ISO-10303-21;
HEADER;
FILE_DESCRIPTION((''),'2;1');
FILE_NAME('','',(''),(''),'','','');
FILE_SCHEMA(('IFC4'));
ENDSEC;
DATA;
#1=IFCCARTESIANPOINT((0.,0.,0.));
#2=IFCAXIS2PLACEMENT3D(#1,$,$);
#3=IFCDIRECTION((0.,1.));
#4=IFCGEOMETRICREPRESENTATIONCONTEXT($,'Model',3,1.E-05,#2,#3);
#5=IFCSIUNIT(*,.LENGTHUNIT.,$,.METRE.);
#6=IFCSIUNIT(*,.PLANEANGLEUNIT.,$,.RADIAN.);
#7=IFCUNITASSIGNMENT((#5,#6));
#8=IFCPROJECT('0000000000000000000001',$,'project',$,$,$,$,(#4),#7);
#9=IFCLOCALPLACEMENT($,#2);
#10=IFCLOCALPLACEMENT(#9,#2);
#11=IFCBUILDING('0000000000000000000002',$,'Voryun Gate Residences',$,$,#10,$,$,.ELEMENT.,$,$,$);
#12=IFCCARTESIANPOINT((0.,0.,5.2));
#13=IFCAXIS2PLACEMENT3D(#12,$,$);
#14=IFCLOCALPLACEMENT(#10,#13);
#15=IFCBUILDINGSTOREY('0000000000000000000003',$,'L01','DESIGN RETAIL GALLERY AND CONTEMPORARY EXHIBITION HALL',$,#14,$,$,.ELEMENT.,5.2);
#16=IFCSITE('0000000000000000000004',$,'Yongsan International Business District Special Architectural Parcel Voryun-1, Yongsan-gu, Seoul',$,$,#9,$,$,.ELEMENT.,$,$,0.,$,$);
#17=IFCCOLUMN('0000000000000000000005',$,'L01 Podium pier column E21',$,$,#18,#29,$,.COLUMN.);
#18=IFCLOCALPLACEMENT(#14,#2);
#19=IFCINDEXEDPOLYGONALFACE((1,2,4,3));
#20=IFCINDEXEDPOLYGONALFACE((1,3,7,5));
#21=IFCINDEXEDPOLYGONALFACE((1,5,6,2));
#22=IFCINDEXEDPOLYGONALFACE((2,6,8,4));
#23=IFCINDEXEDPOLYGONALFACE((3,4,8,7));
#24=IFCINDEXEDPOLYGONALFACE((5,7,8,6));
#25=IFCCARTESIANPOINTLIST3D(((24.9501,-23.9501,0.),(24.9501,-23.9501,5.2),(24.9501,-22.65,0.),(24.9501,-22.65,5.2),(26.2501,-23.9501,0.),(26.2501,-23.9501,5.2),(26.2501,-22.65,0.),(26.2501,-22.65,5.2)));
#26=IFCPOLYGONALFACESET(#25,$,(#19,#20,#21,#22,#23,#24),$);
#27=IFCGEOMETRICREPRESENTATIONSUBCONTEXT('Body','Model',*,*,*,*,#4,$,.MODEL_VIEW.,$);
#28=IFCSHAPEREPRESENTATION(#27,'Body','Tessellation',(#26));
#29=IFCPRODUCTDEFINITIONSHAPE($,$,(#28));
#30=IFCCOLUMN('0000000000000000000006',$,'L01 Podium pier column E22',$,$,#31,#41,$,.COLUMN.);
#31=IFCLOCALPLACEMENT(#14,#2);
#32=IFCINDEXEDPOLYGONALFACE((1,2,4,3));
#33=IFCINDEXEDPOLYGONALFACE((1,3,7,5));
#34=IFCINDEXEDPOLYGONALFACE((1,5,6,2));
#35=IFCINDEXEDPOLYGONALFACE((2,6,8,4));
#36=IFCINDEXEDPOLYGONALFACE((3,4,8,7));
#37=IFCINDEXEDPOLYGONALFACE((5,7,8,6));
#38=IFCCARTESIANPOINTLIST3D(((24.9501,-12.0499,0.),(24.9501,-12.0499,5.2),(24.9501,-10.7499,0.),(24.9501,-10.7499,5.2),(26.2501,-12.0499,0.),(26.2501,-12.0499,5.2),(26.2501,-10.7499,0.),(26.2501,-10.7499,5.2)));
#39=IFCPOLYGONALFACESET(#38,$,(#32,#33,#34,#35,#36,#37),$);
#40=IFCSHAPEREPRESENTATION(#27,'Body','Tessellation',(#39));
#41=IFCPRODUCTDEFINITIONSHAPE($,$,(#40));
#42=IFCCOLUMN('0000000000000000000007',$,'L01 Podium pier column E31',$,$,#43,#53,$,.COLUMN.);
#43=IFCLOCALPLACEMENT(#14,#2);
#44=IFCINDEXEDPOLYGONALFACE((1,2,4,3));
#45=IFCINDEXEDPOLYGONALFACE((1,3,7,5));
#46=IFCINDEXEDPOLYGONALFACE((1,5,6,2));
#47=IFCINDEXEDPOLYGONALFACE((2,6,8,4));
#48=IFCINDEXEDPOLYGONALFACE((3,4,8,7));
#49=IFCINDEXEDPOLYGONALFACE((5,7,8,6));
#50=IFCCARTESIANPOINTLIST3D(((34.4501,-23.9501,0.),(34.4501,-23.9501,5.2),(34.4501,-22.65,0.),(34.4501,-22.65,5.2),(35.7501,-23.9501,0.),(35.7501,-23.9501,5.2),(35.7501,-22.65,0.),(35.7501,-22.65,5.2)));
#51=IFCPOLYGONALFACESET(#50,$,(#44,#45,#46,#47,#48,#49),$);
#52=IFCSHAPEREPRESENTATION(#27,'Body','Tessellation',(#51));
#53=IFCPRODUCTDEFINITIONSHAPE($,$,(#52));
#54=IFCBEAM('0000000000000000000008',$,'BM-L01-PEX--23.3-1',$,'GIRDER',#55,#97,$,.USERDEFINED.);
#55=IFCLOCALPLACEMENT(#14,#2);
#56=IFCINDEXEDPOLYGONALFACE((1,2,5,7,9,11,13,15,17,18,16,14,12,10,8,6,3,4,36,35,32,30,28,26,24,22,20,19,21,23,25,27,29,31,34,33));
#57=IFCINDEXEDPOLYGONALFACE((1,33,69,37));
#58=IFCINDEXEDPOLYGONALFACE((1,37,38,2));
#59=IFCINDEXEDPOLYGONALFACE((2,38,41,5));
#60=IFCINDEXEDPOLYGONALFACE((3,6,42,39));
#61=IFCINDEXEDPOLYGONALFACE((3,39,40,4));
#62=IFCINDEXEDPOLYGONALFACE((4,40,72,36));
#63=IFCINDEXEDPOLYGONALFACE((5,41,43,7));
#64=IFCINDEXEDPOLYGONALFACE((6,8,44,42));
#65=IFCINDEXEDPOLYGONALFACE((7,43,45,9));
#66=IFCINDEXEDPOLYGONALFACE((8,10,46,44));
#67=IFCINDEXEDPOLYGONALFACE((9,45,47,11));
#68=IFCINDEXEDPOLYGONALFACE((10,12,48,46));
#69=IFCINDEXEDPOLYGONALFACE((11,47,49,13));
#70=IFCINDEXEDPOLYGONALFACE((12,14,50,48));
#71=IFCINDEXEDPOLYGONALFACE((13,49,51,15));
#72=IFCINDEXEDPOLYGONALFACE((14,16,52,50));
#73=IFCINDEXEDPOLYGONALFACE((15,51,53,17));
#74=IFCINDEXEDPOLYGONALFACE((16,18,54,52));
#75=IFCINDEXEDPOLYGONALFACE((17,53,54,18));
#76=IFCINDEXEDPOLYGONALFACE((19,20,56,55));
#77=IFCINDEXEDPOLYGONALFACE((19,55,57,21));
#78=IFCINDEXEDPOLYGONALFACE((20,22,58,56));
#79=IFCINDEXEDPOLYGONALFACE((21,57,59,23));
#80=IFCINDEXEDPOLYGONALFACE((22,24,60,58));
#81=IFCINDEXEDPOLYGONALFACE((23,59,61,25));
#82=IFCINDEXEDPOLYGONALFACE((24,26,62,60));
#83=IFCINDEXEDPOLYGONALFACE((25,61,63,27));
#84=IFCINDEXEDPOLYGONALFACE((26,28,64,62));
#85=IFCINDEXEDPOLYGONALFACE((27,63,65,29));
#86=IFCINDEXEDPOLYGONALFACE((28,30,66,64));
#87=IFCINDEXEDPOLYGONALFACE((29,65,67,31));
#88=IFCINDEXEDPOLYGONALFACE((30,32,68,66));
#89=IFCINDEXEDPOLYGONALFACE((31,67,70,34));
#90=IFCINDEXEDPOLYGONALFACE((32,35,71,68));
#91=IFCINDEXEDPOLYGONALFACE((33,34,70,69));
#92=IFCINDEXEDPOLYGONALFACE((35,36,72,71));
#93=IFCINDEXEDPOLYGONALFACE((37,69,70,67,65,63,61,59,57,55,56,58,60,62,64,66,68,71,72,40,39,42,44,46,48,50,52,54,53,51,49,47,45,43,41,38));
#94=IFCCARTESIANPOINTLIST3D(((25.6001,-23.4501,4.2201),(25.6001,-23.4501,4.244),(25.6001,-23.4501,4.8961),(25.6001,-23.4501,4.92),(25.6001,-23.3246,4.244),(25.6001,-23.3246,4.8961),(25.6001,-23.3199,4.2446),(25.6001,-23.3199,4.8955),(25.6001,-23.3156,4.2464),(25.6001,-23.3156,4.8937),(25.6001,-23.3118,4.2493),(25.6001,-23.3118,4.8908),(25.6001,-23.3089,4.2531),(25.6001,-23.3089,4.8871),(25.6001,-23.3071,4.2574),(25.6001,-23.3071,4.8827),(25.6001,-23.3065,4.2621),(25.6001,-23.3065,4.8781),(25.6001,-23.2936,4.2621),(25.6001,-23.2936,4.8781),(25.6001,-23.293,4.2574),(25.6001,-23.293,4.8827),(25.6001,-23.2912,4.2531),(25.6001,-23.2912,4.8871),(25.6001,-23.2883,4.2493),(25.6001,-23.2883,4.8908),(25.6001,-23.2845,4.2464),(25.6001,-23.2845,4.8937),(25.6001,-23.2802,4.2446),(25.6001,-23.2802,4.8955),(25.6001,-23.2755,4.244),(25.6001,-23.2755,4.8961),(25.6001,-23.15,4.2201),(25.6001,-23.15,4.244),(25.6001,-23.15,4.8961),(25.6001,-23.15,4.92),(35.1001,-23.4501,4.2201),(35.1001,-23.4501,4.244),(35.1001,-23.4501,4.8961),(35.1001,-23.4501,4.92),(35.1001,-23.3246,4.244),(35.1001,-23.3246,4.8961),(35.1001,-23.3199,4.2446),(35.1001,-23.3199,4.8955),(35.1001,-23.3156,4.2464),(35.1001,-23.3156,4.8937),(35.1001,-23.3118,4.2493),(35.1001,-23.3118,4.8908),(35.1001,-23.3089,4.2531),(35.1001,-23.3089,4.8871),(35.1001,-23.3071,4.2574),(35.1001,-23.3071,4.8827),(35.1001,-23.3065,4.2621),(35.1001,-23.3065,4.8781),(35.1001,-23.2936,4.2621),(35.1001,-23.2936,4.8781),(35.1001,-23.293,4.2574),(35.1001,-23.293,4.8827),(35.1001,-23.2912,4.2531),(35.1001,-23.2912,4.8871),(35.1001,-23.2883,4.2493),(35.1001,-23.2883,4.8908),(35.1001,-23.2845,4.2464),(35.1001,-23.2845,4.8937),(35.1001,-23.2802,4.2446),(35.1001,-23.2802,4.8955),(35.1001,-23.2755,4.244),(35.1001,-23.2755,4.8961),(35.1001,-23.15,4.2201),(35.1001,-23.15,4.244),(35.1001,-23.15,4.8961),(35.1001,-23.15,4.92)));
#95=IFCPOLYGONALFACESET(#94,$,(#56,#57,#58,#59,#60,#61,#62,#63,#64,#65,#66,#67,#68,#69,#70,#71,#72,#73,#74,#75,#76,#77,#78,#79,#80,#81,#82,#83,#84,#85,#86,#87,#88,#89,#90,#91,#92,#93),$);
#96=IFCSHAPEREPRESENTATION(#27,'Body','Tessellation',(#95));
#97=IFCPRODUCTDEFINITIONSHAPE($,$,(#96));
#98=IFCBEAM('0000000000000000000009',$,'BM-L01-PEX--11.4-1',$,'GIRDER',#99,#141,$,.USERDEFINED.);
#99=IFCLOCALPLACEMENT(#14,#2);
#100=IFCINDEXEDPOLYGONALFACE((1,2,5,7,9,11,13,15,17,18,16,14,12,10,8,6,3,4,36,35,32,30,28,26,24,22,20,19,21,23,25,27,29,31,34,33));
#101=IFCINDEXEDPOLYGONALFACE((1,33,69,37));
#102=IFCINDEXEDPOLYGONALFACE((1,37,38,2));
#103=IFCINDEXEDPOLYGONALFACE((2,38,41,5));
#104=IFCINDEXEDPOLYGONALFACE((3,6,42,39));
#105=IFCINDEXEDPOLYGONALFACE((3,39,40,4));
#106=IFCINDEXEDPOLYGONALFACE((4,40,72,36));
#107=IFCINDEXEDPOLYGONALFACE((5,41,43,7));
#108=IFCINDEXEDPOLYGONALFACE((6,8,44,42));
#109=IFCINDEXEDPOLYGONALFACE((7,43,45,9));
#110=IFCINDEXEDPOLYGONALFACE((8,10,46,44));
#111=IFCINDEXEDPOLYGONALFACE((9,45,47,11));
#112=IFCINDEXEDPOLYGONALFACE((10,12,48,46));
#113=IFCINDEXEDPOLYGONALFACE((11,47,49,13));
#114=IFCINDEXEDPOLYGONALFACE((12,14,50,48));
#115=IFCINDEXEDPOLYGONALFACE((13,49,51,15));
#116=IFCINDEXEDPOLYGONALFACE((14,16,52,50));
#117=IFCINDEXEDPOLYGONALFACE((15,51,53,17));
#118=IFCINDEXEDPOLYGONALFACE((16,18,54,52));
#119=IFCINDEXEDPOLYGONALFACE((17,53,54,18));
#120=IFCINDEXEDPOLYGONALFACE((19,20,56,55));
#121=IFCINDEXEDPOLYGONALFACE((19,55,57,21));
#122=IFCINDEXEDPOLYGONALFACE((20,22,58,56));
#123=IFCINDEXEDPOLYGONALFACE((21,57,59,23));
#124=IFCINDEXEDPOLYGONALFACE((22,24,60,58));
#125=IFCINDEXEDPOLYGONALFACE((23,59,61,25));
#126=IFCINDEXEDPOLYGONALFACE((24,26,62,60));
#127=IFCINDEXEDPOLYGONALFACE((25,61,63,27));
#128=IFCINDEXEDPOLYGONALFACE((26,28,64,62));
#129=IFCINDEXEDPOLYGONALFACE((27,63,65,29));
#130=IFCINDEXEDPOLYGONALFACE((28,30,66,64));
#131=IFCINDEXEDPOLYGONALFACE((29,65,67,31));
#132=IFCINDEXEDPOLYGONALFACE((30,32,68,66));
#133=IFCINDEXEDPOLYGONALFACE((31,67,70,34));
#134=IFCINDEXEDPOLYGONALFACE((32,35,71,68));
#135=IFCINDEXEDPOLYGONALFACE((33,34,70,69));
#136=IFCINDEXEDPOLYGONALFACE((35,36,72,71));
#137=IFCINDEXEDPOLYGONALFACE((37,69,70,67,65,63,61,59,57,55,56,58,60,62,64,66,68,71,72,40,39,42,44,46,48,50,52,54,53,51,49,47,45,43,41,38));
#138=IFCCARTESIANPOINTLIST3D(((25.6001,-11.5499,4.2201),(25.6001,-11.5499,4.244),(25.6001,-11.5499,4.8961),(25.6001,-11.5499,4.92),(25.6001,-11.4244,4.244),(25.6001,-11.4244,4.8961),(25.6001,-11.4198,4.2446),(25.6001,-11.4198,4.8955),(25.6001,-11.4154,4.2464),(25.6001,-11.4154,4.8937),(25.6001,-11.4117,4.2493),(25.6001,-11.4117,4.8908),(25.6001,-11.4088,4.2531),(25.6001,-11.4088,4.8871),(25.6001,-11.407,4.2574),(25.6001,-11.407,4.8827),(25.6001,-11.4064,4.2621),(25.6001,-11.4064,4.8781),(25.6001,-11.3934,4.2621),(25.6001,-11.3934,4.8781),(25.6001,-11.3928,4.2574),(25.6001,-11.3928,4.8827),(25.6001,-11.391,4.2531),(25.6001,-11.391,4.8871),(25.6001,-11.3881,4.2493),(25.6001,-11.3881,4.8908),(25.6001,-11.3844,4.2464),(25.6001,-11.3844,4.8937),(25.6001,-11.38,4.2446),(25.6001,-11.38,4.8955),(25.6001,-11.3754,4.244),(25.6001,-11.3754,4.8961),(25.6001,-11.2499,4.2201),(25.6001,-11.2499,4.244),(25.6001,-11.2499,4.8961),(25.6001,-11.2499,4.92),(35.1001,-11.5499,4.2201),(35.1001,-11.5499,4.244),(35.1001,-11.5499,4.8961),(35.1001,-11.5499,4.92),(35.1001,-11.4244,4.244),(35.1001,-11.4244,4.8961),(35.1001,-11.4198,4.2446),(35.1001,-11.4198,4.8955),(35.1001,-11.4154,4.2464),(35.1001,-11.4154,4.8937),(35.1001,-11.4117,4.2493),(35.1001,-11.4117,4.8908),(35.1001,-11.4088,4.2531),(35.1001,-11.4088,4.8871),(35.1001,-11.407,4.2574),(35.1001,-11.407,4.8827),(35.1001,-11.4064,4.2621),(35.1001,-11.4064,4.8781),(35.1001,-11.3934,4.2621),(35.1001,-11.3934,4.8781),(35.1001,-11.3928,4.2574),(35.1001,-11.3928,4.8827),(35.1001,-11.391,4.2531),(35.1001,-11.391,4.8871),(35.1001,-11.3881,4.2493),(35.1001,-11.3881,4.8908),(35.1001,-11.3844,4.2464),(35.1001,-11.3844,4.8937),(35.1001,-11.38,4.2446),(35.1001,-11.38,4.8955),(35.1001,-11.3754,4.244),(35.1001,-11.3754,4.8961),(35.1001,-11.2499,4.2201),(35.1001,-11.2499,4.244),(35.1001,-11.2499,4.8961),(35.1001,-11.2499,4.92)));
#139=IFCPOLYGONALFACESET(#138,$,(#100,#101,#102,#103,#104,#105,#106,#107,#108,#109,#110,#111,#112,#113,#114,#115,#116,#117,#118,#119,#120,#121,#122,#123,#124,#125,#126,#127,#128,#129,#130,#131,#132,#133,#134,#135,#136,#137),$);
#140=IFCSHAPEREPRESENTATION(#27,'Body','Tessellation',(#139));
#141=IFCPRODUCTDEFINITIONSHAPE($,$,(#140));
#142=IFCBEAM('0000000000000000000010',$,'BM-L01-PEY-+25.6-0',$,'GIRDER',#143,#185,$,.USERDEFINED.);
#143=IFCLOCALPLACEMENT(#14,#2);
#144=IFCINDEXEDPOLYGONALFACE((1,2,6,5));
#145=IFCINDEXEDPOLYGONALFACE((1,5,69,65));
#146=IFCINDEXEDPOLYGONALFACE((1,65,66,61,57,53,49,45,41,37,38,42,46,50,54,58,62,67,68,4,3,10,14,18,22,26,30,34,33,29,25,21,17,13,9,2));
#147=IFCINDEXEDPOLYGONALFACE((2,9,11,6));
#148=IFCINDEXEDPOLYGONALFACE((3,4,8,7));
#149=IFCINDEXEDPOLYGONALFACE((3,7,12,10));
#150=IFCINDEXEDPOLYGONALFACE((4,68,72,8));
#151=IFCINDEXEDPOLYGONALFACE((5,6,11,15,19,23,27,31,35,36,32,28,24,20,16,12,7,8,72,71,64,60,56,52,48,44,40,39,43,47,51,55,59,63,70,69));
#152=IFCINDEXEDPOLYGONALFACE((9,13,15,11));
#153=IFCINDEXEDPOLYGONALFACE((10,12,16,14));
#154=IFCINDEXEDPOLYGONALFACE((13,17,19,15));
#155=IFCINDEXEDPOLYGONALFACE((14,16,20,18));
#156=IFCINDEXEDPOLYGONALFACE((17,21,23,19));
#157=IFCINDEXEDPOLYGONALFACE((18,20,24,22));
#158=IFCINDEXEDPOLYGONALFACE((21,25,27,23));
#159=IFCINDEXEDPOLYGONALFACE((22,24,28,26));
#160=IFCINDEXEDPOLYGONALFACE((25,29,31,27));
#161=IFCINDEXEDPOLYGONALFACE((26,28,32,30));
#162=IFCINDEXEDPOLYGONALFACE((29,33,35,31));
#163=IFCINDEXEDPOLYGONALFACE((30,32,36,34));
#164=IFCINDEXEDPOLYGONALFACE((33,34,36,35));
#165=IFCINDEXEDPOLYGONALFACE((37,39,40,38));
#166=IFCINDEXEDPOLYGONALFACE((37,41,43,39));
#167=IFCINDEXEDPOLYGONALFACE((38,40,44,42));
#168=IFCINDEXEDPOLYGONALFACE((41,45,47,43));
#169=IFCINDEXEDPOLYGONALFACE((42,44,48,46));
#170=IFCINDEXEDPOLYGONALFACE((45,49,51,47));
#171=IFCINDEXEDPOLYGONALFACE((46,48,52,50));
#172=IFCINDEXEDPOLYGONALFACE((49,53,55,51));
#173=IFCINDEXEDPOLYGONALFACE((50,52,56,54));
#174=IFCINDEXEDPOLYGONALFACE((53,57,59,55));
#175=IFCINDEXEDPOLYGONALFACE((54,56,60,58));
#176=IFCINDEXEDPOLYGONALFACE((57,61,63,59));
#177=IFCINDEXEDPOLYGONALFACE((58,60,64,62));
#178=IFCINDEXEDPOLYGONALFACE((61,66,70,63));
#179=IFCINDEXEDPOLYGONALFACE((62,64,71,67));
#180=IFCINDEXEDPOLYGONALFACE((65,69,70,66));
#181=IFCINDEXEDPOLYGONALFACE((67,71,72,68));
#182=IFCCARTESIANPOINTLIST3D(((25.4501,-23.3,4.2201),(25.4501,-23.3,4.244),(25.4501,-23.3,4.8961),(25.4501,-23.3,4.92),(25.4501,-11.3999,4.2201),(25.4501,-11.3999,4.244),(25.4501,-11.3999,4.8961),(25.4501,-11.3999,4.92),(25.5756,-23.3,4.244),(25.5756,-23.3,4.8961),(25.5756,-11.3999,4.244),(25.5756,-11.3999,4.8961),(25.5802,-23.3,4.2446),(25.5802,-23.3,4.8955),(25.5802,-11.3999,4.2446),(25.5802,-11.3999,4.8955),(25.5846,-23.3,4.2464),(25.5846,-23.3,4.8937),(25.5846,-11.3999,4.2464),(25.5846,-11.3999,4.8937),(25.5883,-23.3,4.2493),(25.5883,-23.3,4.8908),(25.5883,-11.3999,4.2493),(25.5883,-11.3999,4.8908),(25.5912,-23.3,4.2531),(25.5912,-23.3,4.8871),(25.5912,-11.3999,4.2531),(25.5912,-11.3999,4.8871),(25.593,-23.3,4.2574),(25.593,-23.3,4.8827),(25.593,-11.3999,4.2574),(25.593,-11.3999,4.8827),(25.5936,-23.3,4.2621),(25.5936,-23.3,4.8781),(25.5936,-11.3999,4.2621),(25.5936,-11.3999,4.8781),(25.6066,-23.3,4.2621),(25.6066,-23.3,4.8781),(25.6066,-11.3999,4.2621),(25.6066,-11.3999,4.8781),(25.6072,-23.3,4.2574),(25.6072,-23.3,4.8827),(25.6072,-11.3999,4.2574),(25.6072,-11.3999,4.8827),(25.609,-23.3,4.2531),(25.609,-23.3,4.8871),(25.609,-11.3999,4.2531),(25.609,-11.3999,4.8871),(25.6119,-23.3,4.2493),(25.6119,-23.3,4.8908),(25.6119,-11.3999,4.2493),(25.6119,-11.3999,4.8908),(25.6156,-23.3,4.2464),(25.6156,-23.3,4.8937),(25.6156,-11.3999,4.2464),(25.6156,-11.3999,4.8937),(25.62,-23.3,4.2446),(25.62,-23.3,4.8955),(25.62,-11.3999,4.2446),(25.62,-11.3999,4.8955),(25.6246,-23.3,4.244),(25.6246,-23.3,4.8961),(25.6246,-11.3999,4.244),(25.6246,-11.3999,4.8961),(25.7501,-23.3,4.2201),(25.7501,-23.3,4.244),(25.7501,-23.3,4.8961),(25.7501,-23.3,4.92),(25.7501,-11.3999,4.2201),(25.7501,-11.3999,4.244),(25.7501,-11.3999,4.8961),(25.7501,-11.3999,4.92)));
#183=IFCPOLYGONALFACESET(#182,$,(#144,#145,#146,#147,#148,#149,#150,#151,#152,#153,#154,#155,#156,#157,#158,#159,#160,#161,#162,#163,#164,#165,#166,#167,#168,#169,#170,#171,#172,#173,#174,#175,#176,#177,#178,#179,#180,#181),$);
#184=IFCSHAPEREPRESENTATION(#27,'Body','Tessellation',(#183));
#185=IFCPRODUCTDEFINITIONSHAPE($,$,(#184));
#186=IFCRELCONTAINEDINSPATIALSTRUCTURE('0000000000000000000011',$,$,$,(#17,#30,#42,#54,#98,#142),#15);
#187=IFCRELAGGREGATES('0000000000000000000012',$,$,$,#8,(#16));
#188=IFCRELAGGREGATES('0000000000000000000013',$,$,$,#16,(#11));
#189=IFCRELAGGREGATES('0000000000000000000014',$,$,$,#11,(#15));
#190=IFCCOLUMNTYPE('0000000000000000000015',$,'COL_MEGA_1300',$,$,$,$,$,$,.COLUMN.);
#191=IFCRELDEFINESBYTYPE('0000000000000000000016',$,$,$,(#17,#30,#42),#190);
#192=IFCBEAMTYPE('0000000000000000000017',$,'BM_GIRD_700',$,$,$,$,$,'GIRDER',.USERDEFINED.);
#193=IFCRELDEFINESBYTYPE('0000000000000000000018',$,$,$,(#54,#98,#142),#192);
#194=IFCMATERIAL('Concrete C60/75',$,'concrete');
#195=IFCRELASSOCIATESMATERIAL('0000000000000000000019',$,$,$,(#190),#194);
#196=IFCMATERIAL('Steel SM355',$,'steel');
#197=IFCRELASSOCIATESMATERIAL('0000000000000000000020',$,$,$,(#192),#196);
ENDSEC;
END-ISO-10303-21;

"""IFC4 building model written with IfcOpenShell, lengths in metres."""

from ifc_helpers import new_model, si_unit, direction, frame, origin, origin_2d, place, context, subcontext, project, spatial, rectangle, i_section, extrude, material, material_profile, profile_set, type_object, element, save


model = new_model("IFC4")

# Units and contexts
model_context = context("Model", 3, precision=1e-05, world=origin(), true_north=direction((0.0, 1.0)))
body_context = subcontext(model_context, "Body", "Model", "MODEL_VIEW")
ifc_project = project(units=[si_unit("LENGTHUNIT", "METRE"), si_unit("PLANEANGLEUNIT", "RADIAN")], contexts=[model_context])

# Site, building, storey
site_placement = place(None, origin())
site = spatial("IfcSite", under=ifc_project, at=site_placement, Name="Yongsan International Business District Special Architectural Parcel Voryun-1, Yongsan-gu, Seoul", CompositionType="ELEMENT", RefElevation=0.0)
building_placement = place(site_placement, origin())
building = spatial("IfcBuilding", under=site, at=building_placement, Name="Voryun Gate Residences", CompositionType="ELEMENT")
storey_placement = place(building_placement, frame((0.0, 0.0, 5.2)))
storey = spatial("IfcBuildingStorey", under=building, at=storey_placement, Name="L01", Description="DESIGN RETAIL GALLERY AND CONTEMPORARY EXHIBITION HALL", CompositionType="ELEMENT", Elevation=5.2)

# Columns
ifc_material_1 = material(Name="Concrete C60/75", Category="concrete")
ifc_material_profile_1 = material_profile(ifc_material_1, rectangle(XDim=1.3, YDim=1.3, at=origin_2d()), Name="RC-1300x1300")
ifc_profile_set_1 = profile_set([ifc_material_profile_1], Name="Concrete C60/75")
column_type = type_object("IfcColumnType", Name="COL_MEGA_1300", PredefinedType="COLUMN", material=ifc_profile_set_1)
for number, where, z_axis, x_axis, name in (
    (1, (25.6001, -23.3, 0.0), (0.0, 0.0, 1.0), (1.0, 0.0, 0.0), "L01 Podium pier column E21"),
    (2, (25.6001, -11.3999, 0.0), (0.0, 0.0, 1.0), (1.0, 0.0, 0.0), "L01 Podium pier column E22"),
    (3, (35.1001, -23.3, 0.0), (0.0, 0.0, 1.0), (1.0, 0.0, 0.0), "L01 Podium pier column E31"),
):
    element("IfcColumn", number, at=place(storey_placement, frame(where, z_axis=z_axis, x_axis=x_axis)), inside=storey, type_object=column_type, Name=name, PredefinedType="COLUMN", context=body_context, shape_type="SweptSolid", body=[
        extrude(rectangle(XDim=1.3, YDim=1.3, at=origin_2d()), origin(), (0.0, 0.0, 1.0), 5.2),
    ])

# Beams
ifc_material_2 = material(Name="Steel SM355", Category="steel")
ifc_material_profile_2 = material_profile(ifc_material_2, i_section(OverallWidth=0.3, OverallDepth=0.7, WebThickness=0.0129, FlangeThickness=0.0239, FilletRadius=0.0181, at=origin_2d()), Name="H-700x300x13x24")
ifc_profile_set_2 = profile_set([ifc_material_profile_2], Name="Steel SM355")
beam_type = type_object("IfcBeamType", Name="BM_GIRD_700", ElementType="GIRDER", PredefinedType="USERDEFINED", material=ifc_profile_set_2)
for number, where, z_axis, x_axis, name in (
    (4, (25.6001, -23.3, 4.5701), (1.0, 0.0, 0.0), (0.0, 1.0, 0.0), "BM-L01-PEX--23.3-1"),
    (5, (25.6001, -11.3999, 4.5701), (1.0, 0.0, 0.0), (0.0, 1.0, 0.0), "BM-L01-PEX--11.4-1"),
):
    element("IfcBeam", number, at=place(storey_placement, frame(where, z_axis=z_axis, x_axis=x_axis)), inside=storey, type_object=beam_type, Name=name, ObjectType="GIRDER", PredefinedType="USERDEFINED", context=body_context, shape_type="SweptSolid", body=[
        extrude(i_section(OverallWidth=0.3, OverallDepth=0.7, WebThickness=0.0129, FlangeThickness=0.0239, FilletRadius=0.0181, at=origin_2d()), origin(), (0.0, 0.0, 1.0), 9.5),
    ])
beam_1_placement = place(storey_placement, frame((25.6001, -23.3, 4.5701), z_axis=(0.0, 1.0, 0.0), x_axis=(-1.0, 0.0, 0.0)))
element("IfcBeam", 6, at=beam_1_placement, inside=storey, type_object=beam_type, Name="BM-L01-PEY-+25.6-0", ObjectType="GIRDER", PredefinedType="USERDEFINED", context=body_context, shape_type="SweptSolid", body=[
    extrude(i_section(OverallWidth=0.3, OverallDepth=0.7, WebThickness=0.0129, FlangeThickness=0.0239, FilletRadius=0.0181, at=origin_2d()), origin(), (0.0, 0.0, 1.0), 11.9001),
])

save(model, "model.ifc")
